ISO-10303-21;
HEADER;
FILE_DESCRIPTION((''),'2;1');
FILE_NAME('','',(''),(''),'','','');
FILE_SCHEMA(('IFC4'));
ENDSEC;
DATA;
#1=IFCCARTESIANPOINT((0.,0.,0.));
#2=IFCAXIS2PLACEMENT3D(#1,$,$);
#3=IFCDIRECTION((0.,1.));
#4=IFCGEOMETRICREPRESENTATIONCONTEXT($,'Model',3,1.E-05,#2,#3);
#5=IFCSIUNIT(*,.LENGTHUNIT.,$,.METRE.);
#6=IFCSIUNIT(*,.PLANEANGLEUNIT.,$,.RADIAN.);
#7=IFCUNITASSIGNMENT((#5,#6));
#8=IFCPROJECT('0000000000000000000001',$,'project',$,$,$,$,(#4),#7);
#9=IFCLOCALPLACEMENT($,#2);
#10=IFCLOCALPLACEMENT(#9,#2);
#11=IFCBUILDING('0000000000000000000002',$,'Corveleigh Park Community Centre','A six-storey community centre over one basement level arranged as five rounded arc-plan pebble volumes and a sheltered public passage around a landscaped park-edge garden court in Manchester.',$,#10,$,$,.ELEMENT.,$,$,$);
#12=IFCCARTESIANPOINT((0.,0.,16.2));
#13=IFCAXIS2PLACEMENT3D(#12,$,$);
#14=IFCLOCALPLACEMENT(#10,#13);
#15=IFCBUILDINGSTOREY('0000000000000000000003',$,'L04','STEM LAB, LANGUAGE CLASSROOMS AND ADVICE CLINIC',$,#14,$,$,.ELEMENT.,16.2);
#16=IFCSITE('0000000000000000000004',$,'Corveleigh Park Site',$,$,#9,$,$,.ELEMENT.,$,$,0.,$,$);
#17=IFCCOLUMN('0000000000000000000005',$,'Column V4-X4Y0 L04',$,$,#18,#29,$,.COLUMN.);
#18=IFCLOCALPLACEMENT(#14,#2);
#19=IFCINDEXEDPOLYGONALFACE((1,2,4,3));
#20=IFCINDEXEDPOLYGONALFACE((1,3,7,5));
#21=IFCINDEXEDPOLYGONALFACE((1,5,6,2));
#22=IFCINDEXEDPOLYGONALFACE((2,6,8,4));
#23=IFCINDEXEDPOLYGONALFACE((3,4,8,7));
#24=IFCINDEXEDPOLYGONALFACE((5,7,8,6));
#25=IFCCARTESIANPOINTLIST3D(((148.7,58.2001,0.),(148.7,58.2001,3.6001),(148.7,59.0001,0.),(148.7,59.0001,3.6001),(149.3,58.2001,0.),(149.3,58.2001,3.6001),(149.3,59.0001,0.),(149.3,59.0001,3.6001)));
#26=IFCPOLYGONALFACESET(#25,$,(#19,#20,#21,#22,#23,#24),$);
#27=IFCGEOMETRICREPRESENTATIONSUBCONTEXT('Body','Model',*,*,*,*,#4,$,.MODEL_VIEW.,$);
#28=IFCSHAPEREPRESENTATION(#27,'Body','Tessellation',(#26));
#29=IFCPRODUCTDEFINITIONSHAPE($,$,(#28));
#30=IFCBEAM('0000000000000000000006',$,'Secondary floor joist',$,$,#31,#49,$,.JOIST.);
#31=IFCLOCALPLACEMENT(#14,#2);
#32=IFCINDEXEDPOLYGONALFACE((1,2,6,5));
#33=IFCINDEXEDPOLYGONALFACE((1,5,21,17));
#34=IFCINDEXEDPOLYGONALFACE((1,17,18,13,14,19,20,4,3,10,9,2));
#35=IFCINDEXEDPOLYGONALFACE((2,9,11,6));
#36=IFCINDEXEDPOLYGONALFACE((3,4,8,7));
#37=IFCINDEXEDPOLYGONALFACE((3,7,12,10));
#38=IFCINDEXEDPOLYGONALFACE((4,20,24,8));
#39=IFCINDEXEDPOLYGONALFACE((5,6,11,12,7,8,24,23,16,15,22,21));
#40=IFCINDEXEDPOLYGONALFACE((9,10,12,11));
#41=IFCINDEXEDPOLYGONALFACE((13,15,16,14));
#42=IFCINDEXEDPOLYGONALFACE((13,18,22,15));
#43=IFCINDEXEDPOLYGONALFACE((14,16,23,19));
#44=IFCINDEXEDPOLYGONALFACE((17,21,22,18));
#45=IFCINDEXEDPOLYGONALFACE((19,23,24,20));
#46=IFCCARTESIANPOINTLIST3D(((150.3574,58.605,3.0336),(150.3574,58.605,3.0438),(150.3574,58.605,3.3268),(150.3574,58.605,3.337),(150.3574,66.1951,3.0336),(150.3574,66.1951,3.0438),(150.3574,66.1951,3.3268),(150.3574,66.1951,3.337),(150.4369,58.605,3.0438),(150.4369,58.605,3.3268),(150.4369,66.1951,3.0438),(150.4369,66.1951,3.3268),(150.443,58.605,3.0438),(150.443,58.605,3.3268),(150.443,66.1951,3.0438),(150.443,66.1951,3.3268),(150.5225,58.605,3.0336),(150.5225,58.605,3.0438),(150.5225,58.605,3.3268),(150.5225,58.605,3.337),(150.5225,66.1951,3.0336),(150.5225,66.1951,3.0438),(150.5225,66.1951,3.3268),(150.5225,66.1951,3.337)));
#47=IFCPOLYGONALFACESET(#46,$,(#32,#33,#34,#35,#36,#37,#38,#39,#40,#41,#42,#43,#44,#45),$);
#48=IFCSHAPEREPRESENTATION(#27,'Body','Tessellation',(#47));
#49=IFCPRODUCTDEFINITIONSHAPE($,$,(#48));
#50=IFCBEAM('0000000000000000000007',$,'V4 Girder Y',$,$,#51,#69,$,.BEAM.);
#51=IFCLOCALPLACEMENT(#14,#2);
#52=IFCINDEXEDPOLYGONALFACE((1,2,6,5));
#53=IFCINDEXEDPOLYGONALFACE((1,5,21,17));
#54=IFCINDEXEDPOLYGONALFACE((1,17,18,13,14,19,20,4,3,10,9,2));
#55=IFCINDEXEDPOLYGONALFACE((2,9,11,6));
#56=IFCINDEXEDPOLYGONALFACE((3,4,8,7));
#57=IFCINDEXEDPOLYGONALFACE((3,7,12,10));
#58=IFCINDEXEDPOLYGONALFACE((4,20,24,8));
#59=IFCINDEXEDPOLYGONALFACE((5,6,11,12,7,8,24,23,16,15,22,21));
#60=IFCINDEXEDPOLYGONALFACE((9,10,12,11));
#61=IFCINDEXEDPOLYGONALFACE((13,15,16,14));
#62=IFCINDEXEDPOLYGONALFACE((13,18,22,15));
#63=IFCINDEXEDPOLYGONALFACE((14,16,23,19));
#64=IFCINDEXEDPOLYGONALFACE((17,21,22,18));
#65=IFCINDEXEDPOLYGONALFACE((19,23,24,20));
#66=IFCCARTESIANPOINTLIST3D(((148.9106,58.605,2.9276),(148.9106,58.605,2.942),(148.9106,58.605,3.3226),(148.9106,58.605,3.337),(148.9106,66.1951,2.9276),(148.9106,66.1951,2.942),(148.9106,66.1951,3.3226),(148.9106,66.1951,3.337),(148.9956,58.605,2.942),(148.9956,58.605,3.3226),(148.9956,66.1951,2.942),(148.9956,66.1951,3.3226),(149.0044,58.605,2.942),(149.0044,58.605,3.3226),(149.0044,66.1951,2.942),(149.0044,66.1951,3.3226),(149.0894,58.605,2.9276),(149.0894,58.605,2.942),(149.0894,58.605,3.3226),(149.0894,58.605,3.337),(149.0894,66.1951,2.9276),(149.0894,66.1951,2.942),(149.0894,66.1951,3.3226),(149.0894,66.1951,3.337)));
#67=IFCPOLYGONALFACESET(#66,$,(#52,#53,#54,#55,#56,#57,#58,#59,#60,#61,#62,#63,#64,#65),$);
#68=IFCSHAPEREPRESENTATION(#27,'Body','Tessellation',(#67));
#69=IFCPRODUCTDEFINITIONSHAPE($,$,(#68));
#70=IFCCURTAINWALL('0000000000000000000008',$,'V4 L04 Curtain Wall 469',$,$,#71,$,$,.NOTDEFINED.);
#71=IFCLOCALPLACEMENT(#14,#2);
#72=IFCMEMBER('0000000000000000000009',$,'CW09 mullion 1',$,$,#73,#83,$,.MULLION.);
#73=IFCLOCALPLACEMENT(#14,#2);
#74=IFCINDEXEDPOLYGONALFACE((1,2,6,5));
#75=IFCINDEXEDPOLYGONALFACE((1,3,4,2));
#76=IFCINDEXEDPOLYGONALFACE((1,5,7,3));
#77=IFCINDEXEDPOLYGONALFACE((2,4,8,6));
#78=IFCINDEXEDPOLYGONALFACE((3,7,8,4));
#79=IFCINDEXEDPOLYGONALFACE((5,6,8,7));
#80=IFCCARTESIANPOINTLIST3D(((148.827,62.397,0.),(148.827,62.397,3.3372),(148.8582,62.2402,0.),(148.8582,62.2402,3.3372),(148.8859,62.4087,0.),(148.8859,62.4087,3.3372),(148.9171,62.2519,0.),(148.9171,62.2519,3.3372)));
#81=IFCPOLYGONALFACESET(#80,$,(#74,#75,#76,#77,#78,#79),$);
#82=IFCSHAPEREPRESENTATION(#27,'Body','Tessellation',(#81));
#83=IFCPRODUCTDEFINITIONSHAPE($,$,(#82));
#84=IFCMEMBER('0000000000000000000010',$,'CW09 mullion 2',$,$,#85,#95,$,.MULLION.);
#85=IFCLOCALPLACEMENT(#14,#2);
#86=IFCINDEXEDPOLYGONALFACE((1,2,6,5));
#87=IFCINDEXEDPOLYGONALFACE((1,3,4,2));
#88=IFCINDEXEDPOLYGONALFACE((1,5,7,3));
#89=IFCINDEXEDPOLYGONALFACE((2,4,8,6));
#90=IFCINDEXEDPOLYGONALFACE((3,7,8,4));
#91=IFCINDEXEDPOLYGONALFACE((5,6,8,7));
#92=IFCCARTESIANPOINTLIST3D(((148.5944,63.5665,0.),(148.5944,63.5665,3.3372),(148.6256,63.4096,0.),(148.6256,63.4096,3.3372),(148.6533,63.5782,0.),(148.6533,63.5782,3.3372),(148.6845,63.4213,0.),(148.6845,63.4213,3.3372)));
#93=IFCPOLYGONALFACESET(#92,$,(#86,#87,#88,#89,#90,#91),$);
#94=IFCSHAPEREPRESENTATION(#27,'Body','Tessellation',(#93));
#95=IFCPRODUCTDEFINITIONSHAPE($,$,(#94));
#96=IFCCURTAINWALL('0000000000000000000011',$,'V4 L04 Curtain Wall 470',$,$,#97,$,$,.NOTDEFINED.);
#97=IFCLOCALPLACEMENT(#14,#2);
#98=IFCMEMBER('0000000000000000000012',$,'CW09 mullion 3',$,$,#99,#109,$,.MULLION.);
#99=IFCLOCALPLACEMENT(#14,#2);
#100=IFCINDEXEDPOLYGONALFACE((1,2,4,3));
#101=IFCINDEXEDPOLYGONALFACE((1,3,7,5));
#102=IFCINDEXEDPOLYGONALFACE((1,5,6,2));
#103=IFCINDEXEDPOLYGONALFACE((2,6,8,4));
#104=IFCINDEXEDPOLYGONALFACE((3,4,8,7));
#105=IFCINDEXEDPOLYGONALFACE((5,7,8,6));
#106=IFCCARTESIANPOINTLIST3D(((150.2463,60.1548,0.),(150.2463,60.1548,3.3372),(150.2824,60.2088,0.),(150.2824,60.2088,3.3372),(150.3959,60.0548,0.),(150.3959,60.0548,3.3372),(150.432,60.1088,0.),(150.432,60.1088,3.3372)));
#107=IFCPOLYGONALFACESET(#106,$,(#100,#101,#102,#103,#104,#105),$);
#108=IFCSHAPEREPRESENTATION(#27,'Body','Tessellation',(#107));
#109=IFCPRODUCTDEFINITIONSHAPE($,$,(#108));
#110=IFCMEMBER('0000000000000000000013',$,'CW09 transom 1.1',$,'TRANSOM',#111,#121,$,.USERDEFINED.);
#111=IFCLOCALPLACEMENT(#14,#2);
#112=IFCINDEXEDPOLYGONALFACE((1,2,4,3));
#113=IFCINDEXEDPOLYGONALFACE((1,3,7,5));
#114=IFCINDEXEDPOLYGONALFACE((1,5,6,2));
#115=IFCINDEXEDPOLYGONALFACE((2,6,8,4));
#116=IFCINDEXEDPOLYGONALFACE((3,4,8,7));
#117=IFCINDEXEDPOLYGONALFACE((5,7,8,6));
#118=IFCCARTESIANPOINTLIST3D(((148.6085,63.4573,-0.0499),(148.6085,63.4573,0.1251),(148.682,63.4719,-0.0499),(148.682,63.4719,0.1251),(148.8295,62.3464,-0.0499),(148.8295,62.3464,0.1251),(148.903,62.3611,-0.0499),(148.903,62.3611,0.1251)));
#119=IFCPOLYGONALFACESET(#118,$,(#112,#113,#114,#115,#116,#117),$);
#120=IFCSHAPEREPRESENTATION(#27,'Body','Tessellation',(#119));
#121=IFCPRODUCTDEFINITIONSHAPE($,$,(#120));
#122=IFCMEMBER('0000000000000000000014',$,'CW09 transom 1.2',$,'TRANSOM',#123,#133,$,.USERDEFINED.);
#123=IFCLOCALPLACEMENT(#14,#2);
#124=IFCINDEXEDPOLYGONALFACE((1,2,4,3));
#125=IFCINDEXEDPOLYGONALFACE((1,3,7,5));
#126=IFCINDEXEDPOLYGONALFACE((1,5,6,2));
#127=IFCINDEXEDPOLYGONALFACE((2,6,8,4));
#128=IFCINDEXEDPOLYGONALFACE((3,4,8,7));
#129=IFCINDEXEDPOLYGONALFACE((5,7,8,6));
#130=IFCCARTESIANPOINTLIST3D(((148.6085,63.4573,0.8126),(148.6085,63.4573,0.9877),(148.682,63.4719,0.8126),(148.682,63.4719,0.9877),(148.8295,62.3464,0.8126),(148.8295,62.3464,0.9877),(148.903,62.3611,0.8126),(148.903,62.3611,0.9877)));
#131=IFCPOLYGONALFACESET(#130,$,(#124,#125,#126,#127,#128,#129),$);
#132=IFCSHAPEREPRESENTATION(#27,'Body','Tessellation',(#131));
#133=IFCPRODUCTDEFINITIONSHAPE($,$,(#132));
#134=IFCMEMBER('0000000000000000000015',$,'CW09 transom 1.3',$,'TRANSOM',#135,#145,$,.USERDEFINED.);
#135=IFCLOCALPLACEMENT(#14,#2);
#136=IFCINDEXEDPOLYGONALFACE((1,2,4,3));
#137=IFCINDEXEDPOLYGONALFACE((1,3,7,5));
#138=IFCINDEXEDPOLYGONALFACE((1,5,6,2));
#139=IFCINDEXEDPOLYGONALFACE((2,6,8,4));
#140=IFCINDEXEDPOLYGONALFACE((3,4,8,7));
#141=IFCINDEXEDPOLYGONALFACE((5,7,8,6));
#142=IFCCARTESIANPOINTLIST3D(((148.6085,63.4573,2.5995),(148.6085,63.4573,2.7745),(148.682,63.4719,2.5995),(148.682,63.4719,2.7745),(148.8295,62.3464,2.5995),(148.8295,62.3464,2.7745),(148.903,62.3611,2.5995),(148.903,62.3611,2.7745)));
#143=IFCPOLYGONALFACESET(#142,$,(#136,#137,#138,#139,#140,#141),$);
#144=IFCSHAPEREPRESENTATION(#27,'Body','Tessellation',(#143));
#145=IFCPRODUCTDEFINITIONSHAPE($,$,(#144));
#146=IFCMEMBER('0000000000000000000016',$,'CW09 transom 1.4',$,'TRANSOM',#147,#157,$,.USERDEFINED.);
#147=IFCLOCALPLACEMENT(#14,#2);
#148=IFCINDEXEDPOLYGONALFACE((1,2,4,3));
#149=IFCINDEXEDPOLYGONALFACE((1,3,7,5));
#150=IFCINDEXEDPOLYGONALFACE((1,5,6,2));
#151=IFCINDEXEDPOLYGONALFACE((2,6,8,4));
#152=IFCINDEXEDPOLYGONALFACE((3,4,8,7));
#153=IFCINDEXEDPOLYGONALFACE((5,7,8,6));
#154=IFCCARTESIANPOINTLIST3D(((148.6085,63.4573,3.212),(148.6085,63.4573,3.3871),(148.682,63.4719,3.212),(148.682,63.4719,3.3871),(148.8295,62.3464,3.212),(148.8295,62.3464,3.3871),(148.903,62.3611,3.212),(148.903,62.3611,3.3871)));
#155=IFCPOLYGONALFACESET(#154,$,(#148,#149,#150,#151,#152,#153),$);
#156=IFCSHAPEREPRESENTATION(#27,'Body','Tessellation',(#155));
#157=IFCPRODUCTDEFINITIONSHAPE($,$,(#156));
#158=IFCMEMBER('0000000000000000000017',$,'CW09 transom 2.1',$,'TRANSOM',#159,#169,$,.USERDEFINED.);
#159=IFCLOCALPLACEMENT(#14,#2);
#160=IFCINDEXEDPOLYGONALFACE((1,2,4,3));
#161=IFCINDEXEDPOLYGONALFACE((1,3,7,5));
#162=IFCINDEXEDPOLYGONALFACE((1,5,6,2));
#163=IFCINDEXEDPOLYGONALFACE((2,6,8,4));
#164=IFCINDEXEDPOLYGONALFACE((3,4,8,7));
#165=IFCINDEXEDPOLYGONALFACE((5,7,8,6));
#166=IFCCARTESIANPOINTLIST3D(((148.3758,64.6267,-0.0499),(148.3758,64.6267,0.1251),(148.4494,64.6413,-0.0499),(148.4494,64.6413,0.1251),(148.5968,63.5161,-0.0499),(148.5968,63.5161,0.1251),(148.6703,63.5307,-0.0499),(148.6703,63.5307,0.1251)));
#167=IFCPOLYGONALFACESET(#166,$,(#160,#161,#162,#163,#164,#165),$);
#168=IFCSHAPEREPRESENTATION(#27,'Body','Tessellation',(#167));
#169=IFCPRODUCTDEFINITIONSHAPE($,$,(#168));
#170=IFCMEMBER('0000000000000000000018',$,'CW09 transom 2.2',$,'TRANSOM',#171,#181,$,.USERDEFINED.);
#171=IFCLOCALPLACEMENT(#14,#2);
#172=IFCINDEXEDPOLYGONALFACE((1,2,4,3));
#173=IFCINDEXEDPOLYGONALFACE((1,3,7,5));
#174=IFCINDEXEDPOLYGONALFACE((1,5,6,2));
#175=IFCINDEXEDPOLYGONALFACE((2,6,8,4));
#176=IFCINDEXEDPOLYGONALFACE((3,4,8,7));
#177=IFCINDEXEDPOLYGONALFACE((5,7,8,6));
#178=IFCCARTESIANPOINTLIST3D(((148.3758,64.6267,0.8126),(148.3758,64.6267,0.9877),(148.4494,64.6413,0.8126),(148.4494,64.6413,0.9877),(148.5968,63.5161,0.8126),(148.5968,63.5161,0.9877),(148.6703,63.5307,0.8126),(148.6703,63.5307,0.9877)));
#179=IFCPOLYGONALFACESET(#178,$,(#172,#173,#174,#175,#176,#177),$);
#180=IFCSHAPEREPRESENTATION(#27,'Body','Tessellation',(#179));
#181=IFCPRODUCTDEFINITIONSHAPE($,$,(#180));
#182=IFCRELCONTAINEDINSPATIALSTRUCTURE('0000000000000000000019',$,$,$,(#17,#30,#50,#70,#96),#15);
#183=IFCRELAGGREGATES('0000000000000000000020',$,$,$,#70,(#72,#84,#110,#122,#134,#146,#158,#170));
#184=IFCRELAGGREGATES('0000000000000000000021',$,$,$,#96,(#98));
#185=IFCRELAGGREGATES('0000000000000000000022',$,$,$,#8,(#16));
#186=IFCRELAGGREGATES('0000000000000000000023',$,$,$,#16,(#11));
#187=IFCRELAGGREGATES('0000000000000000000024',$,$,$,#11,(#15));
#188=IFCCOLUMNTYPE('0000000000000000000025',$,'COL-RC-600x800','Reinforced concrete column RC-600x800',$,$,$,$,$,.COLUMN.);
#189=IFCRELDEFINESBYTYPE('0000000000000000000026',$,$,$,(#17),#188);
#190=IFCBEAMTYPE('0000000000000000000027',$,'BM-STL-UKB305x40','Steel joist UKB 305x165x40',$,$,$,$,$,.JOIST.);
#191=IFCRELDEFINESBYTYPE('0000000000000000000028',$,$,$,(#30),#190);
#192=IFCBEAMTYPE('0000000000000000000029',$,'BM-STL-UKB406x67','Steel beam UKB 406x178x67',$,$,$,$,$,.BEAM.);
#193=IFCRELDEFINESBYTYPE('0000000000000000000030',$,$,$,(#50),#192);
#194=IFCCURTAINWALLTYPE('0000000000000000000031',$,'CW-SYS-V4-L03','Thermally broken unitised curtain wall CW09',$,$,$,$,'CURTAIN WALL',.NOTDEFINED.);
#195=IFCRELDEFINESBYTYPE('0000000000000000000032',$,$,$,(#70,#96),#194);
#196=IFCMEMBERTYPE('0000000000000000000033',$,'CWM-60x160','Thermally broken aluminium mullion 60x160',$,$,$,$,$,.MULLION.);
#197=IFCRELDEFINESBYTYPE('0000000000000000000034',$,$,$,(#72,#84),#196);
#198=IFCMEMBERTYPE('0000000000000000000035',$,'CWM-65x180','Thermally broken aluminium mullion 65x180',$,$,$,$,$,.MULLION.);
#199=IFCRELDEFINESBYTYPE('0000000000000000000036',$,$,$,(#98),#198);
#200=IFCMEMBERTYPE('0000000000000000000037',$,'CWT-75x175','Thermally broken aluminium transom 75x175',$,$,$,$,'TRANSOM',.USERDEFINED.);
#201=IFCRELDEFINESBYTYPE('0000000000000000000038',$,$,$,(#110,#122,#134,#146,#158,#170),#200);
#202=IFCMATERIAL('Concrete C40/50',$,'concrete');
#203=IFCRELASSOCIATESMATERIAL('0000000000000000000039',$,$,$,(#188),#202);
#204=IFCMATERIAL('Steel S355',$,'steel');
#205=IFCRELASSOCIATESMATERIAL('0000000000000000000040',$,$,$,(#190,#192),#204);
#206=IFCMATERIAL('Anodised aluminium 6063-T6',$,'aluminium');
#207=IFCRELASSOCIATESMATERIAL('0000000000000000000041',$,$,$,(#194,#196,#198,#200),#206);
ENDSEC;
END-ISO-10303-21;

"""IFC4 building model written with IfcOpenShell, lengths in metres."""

from ifc_helpers import new_model, si_unit, direction, frame, origin, origin_2d, place, context, subcontext, project, spatial, rectangle, i_section, extrude, material, material_profile, profile_set, type_object, element, aggregate, save


model = new_model("IFC4")

# Units and contexts
model_context = context("Model", 3, precision=1e-05, world=origin(), true_north=direction((0.0, 1.0)))
body_context = subcontext(model_context, "Body", "Model", "MODEL_VIEW")
ifc_project = project(units=[si_unit("LENGTHUNIT", "METRE"), si_unit("PLANEANGLEUNIT", "RADIAN")], contexts=[model_context])

# Site, building, storey
site_placement = place(None, origin())
site = spatial("IfcSite", under=ifc_project, at=site_placement, Name="Corveleigh Park Site", CompositionType="ELEMENT", RefElevation=0.0)
building_placement = place(site_placement, origin())
building = spatial("IfcBuilding", under=site, at=building_placement, Name="Corveleigh Park Community Centre", Description="A six-storey community centre over one basement level arranged as five rounded arc-plan pebble volumes and a sheltered public passage around a landscaped park-edge garden court in Manchester.", CompositionType="ELEMENT")
storey_placement = place(building_placement, frame((0.0, 0.0, 16.2)))
storey = spatial("IfcBuildingStorey", under=building, at=storey_placement, Name="L04", Description="STEM LAB, LANGUAGE CLASSROOMS AND ADVICE CLINIC", CompositionType="ELEMENT", Elevation=16.2)

# Column
ifc_material_1 = material(Name="Concrete C40/50", Category="concrete")
ifc_material_profile_1 = material_profile(ifc_material_1, rectangle(XDim=0.6001, YDim=0.8, at=origin_2d()), Name="RC-600x800", Category="concrete")
ifc_profile_set_1 = profile_set([ifc_material_profile_1], Name="Concrete C40/50")
column_type = type_object("IfcColumnType", Name="COL-RC-600x800", Description="Reinforced concrete column RC-600x800", PredefinedType="COLUMN", material=ifc_profile_set_1)
column_placement = place(storey_placement, frame((149.0, 58.6001, 0.0), z_axis=(0.0, 0.0, 1.0), x_axis=(1.0, 0.0, 0.0)))
element("IfcColumn", 1, at=column_placement, inside=storey, type_object=column_type, Name="Column V4-X4Y0 L04", PredefinedType="COLUMN", context=body_context, shape_type="SweptSolid", body=[
    extrude(rectangle(XDim=0.6001, YDim=0.8, at=origin_2d()), origin(), (0.0, 0.0, 1.0), 3.6001),
])

# Beams
ifc_material_2 = material(Name="Steel S355", Category="steel")
ifc_material_profile_2 = material_profile(ifc_material_2, i_section(OverallWidth=0.165, OverallDepth=0.3035, WebThickness=0.0061, FlangeThickness=0.0103, at=origin_2d()), Name="UKB 305x165x40", Category="steel")
ifc_profile_set_2 = profile_set([ifc_material_profile_2], Name="Steel S355")
beam_type_1 = type_object("IfcBeamType", Name="BM-STL-UKB305x40", Description="Steel joist UKB 305x165x40", PredefinedType="JOIST", material=ifc_profile_set_2)
beam_1_placement = place(storey_placement, frame((150.4399, 58.605, 3.1853), z_axis=(0.0, 1.0, 0.0), x_axis=(-1.0, 0.0, 0.0)))
element("IfcBeam", 2, at=beam_1_placement, inside=storey, type_object=beam_type_1, Name="Secondary floor joist", PredefinedType="JOIST", context=body_context, shape_type="SweptSolid", body=[
    extrude(i_section(OverallWidth=0.165, OverallDepth=0.3035, WebThickness=0.0061, FlangeThickness=0.0103, at=origin_2d()), origin(), (0.0, 0.0, 1.0), 7.5901),
])
ifc_material_profile_3 = material_profile(ifc_material_2, i_section(OverallWidth=0.1787, OverallDepth=0.4094, WebThickness=0.0088, FlangeThickness=0.0144, at=origin_2d()), Name="UKB 406x178x67", Category="steel")
ifc_profile_set_3 = profile_set([ifc_material_profile_3], Name="Steel S355")
beam_type_2 = type_object("IfcBeamType", Name="BM-STL-UKB406x67", Description="Steel beam UKB 406x178x67", PredefinedType="BEAM", material=ifc_profile_set_3)
beam_2_placement = place(storey_placement, frame((149.0, 58.605, 3.1323), z_axis=(0.0, 1.0, 0.0), x_axis=(-1.0, 0.0, 0.0)))
element("IfcBeam", 3, at=beam_2_placement, inside=storey, type_object=beam_type_2, Name="V4 Girder Y", PredefinedType="BEAM", context=body_context, shape_type="SweptSolid", body=[
    extrude(i_section(OverallWidth=0.1787, OverallDepth=0.4094, WebThickness=0.0088, FlangeThickness=0.0144, at=origin_2d()), origin(), (0.0, 0.0, 1.0), 7.5901),
])

# Curtain wall, members
ifc_material_3 = material(Name="Anodised aluminium 6063-T6", Category="aluminium")
curtain_wall_type = type_object("IfcCurtainWallType", Name="CW-SYS-V4-L03", Description="Thermally broken unitised curtain wall CW09", ElementType="CURTAIN WALL", PredefinedType="NOTDEFINED", material=ifc_material_3)
curtain_wall_1_placement = place(storey_placement, origin())
curtain_wall_1 = element("IfcCurtainWall", 4, at=curtain_wall_1_placement, inside=storey, type_object=curtain_wall_type, Name="V4 L04 Curtain Wall 469", PredefinedType="NOTDEFINED")
ifc_material_profile_4 = material_profile(ifc_material_3, rectangle(XDim=0.0601, YDim=0.1599, at=origin_2d()), Name="ALU-M60x160", Category="aluminium")
ifc_profile_set_4 = profile_set([ifc_material_profile_4], Name="Anodised aluminium 6063-T6")
member_type_1 = type_object("IfcMemberType", Name="CWM-60x160", Description="Thermally broken aluminium mullion 60x160", PredefinedType="MULLION", material=ifc_profile_set_4)
member_1_placement = place(storey_placement, frame((148.8721, 62.3245, 0.0), z_axis=(0.0, 0.0, 1.0), x_axis=(-0.980785, -0.195094, 0.0)))
member_1 = element("IfcMember", 5, at=member_1_placement, type_object=member_type_1, Name="CW09 mullion 1", PredefinedType="MULLION", context=body_context, shape_type="SweptSolid", body=[
    extrude(rectangle(XDim=0.0601, YDim=0.1599, at=origin_2d()), origin(), (0.0, 0.0, 1.0), 3.3372),
])
member_2_placement = place(storey_placement, frame((148.6394, 63.4939, 0.0), z_axis=(0.0, 0.0, 1.0), x_axis=(-0.980785, -0.195094, 0.0)))
member_2 = element("IfcMember", 6, at=member_2_placement, type_object=member_type_1, Name="CW09 mullion 2", PredefinedType="MULLION", context=body_context, shape_type="SweptSolid", body=[
    extrude(rectangle(XDim=0.0601, YDim=0.1599, at=origin_2d()), origin(), (0.0, 0.0, 1.0), 3.3372),
])

# Curtain wall, member
curtain_wall_2_placement = place(storey_placement, origin())
curtain_wall_2 = element("IfcCurtainWall", 7, at=curtain_wall_2_placement, inside=storey, type_object=curtain_wall_type, Name="V4 L04 Curtain Wall 470", PredefinedType="NOTDEFINED")
ifc_material_profile_5 = material_profile(ifc_material_3, rectangle(XDim=0.0649, YDim=0.1799, at=origin_2d()), Name="ALU-M65x180", Category="aluminium")
ifc_profile_set_5 = profile_set([ifc_material_profile_5], Name="Anodised aluminium 6063-T6")
member_type_2 = type_object("IfcMemberType", Name="CWM-65x180", Description="Thermally broken aluminium mullion 65x180", PredefinedType="MULLION", material=ifc_profile_set_5)
member_3_placement = place(storey_placement, frame((150.3391, 60.1318, 0.0), z_axis=(0.0, 0.0, 1.0), x_axis=(-0.555658, -0.831411, 0.0)))
member_3 = element("IfcMember", 8, at=member_3_placement, type_object=member_type_2, Name="CW09 mullion 3", PredefinedType="MULLION", context=body_context, shape_type="SweptSolid", body=[
    extrude(rectangle(XDim=0.0649, YDim=0.1799, at=origin_2d()), origin(), (0.0, 0.0, 1.0), 3.3372),
])

# Members
ifc_material_profile_6 = material_profile(ifc_material_3, rectangle(XDim=0.075, YDim=0.175, at=origin_2d()), Name="ALU-T75x175", Category="aluminium")
ifc_profile_set_6 = profile_set([ifc_material_profile_6], Name="Anodised aluminium 6063-T6")
member_type_3 = type_object("IfcMemberType", Name="CWT-75x175", Description="Thermally broken aluminium transom 75x175", ElementType="TRANSOM", PredefinedType="USERDEFINED", material=ifc_profile_set_6)
member_4_placement = place(storey_placement, frame((148.8662, 62.3538, 0.0376), z_axis=(-0.19508, 0.980787, 0.0), x_axis=(-0.980787, -0.19508, 0.0)))
member_4 = element("IfcMember", 9, at=member_4_placement, type_object=member_type_3, Name="CW09 transom 1.1", ObjectType="TRANSOM", PredefinedType="USERDEFINED", context=body_context, shape_type="SweptSolid", body=[
    extrude(rectangle(XDim=0.075, YDim=0.175, at=origin_2d()), origin(), (0.0, 0.0, 1.0), 1.1326),
])
member_5_placement = place(storey_placement, frame((148.8662, 62.3538, 0.9001), z_axis=(-0.19508, 0.980787, 0.0), x_axis=(-0.980787, -0.19508, 0.0)))
member_5 = element("IfcMember", 10, at=member_5_placement, type_object=member_type_3, Name="CW09 transom 1.2", ObjectType="TRANSOM", PredefinedType="USERDEFINED", context=body_context, shape_type="SweptSolid", body=[
    extrude(rectangle(XDim=0.075, YDim=0.175, at=origin_2d()), origin(), (0.0, 0.0, 1.0), 1.1326),
])
member_6_placement = place(storey_placement, frame((148.8662, 62.3538, 2.687), z_axis=(-0.19508, 0.980787, 0.0), x_axis=(-0.980787, -0.19508, 0.0)))
member_6 = element("IfcMember", 11, at=member_6_placement, type_object=member_type_3, Name="CW09 transom 1.3", ObjectType="TRANSOM", PredefinedType="USERDEFINED", context=body_context, shape_type="SweptSolid", body=[
    extrude(rectangle(XDim=0.075, YDim=0.175, at=origin_2d()), origin(), (0.0, 0.0, 1.0), 1.1326),
])
member_7_placement = place(storey_placement, frame((148.8662, 62.3538, 3.2996), z_axis=(-0.19508, 0.980787, 0.0), x_axis=(-0.980787, -0.19508, 0.0)))
member_7 = element("IfcMember", 12, at=member_7_placement, type_object=member_type_3, Name="CW09 transom 1.4", ObjectType="TRANSOM", PredefinedType="USERDEFINED", context=body_context, shape_type="SweptSolid", body=[
    extrude(rectangle(XDim=0.075, YDim=0.175, at=origin_2d()), origin(), (0.0, 0.0, 1.0), 1.1326),
])
member_8_placement = place(storey_placement, frame((148.6335, 63.5234, 0.0376), z_axis=(-0.195121, 0.980779, 0.0), x_axis=(-0.980779, -0.195121, 0.0)))
member_8 = element("IfcMember", 13, at=member_8_placement, type_object=member_type_3, Name="CW09 transom 2.1", ObjectType="TRANSOM", PredefinedType="USERDEFINED", context=body_context, shape_type="SweptSolid", body=[
    extrude(rectangle(XDim=0.075, YDim=0.175, at=origin_2d()), origin(), (0.0, 0.0, 1.0), 1.1323),
])
member_9_placement = place(storey_placement, frame((148.6335, 63.5234, 0.9001), z_axis=(-0.195121, 0.980779, 0.0), x_axis=(-0.980779, -0.195121, 0.0)))
member_9 = element("IfcMember", 14, at=member_9_placement, type_object=member_type_3, Name="CW09 transom 2.2", ObjectType="TRANSOM", PredefinedType="USERDEFINED", context=body_context, shape_type="SweptSolid", body=[
    extrude(rectangle(XDim=0.075, YDim=0.175, at=origin_2d()), origin(), (0.0, 0.0, 1.0), 1.1323),
])

aggregate(curtain_wall_1, [member_1, member_2, member_4, member_5, member_6, member_7, member_8, member_9])
aggregate(curtain_wall_2, [member_3])

save(model, "model.ifc")
